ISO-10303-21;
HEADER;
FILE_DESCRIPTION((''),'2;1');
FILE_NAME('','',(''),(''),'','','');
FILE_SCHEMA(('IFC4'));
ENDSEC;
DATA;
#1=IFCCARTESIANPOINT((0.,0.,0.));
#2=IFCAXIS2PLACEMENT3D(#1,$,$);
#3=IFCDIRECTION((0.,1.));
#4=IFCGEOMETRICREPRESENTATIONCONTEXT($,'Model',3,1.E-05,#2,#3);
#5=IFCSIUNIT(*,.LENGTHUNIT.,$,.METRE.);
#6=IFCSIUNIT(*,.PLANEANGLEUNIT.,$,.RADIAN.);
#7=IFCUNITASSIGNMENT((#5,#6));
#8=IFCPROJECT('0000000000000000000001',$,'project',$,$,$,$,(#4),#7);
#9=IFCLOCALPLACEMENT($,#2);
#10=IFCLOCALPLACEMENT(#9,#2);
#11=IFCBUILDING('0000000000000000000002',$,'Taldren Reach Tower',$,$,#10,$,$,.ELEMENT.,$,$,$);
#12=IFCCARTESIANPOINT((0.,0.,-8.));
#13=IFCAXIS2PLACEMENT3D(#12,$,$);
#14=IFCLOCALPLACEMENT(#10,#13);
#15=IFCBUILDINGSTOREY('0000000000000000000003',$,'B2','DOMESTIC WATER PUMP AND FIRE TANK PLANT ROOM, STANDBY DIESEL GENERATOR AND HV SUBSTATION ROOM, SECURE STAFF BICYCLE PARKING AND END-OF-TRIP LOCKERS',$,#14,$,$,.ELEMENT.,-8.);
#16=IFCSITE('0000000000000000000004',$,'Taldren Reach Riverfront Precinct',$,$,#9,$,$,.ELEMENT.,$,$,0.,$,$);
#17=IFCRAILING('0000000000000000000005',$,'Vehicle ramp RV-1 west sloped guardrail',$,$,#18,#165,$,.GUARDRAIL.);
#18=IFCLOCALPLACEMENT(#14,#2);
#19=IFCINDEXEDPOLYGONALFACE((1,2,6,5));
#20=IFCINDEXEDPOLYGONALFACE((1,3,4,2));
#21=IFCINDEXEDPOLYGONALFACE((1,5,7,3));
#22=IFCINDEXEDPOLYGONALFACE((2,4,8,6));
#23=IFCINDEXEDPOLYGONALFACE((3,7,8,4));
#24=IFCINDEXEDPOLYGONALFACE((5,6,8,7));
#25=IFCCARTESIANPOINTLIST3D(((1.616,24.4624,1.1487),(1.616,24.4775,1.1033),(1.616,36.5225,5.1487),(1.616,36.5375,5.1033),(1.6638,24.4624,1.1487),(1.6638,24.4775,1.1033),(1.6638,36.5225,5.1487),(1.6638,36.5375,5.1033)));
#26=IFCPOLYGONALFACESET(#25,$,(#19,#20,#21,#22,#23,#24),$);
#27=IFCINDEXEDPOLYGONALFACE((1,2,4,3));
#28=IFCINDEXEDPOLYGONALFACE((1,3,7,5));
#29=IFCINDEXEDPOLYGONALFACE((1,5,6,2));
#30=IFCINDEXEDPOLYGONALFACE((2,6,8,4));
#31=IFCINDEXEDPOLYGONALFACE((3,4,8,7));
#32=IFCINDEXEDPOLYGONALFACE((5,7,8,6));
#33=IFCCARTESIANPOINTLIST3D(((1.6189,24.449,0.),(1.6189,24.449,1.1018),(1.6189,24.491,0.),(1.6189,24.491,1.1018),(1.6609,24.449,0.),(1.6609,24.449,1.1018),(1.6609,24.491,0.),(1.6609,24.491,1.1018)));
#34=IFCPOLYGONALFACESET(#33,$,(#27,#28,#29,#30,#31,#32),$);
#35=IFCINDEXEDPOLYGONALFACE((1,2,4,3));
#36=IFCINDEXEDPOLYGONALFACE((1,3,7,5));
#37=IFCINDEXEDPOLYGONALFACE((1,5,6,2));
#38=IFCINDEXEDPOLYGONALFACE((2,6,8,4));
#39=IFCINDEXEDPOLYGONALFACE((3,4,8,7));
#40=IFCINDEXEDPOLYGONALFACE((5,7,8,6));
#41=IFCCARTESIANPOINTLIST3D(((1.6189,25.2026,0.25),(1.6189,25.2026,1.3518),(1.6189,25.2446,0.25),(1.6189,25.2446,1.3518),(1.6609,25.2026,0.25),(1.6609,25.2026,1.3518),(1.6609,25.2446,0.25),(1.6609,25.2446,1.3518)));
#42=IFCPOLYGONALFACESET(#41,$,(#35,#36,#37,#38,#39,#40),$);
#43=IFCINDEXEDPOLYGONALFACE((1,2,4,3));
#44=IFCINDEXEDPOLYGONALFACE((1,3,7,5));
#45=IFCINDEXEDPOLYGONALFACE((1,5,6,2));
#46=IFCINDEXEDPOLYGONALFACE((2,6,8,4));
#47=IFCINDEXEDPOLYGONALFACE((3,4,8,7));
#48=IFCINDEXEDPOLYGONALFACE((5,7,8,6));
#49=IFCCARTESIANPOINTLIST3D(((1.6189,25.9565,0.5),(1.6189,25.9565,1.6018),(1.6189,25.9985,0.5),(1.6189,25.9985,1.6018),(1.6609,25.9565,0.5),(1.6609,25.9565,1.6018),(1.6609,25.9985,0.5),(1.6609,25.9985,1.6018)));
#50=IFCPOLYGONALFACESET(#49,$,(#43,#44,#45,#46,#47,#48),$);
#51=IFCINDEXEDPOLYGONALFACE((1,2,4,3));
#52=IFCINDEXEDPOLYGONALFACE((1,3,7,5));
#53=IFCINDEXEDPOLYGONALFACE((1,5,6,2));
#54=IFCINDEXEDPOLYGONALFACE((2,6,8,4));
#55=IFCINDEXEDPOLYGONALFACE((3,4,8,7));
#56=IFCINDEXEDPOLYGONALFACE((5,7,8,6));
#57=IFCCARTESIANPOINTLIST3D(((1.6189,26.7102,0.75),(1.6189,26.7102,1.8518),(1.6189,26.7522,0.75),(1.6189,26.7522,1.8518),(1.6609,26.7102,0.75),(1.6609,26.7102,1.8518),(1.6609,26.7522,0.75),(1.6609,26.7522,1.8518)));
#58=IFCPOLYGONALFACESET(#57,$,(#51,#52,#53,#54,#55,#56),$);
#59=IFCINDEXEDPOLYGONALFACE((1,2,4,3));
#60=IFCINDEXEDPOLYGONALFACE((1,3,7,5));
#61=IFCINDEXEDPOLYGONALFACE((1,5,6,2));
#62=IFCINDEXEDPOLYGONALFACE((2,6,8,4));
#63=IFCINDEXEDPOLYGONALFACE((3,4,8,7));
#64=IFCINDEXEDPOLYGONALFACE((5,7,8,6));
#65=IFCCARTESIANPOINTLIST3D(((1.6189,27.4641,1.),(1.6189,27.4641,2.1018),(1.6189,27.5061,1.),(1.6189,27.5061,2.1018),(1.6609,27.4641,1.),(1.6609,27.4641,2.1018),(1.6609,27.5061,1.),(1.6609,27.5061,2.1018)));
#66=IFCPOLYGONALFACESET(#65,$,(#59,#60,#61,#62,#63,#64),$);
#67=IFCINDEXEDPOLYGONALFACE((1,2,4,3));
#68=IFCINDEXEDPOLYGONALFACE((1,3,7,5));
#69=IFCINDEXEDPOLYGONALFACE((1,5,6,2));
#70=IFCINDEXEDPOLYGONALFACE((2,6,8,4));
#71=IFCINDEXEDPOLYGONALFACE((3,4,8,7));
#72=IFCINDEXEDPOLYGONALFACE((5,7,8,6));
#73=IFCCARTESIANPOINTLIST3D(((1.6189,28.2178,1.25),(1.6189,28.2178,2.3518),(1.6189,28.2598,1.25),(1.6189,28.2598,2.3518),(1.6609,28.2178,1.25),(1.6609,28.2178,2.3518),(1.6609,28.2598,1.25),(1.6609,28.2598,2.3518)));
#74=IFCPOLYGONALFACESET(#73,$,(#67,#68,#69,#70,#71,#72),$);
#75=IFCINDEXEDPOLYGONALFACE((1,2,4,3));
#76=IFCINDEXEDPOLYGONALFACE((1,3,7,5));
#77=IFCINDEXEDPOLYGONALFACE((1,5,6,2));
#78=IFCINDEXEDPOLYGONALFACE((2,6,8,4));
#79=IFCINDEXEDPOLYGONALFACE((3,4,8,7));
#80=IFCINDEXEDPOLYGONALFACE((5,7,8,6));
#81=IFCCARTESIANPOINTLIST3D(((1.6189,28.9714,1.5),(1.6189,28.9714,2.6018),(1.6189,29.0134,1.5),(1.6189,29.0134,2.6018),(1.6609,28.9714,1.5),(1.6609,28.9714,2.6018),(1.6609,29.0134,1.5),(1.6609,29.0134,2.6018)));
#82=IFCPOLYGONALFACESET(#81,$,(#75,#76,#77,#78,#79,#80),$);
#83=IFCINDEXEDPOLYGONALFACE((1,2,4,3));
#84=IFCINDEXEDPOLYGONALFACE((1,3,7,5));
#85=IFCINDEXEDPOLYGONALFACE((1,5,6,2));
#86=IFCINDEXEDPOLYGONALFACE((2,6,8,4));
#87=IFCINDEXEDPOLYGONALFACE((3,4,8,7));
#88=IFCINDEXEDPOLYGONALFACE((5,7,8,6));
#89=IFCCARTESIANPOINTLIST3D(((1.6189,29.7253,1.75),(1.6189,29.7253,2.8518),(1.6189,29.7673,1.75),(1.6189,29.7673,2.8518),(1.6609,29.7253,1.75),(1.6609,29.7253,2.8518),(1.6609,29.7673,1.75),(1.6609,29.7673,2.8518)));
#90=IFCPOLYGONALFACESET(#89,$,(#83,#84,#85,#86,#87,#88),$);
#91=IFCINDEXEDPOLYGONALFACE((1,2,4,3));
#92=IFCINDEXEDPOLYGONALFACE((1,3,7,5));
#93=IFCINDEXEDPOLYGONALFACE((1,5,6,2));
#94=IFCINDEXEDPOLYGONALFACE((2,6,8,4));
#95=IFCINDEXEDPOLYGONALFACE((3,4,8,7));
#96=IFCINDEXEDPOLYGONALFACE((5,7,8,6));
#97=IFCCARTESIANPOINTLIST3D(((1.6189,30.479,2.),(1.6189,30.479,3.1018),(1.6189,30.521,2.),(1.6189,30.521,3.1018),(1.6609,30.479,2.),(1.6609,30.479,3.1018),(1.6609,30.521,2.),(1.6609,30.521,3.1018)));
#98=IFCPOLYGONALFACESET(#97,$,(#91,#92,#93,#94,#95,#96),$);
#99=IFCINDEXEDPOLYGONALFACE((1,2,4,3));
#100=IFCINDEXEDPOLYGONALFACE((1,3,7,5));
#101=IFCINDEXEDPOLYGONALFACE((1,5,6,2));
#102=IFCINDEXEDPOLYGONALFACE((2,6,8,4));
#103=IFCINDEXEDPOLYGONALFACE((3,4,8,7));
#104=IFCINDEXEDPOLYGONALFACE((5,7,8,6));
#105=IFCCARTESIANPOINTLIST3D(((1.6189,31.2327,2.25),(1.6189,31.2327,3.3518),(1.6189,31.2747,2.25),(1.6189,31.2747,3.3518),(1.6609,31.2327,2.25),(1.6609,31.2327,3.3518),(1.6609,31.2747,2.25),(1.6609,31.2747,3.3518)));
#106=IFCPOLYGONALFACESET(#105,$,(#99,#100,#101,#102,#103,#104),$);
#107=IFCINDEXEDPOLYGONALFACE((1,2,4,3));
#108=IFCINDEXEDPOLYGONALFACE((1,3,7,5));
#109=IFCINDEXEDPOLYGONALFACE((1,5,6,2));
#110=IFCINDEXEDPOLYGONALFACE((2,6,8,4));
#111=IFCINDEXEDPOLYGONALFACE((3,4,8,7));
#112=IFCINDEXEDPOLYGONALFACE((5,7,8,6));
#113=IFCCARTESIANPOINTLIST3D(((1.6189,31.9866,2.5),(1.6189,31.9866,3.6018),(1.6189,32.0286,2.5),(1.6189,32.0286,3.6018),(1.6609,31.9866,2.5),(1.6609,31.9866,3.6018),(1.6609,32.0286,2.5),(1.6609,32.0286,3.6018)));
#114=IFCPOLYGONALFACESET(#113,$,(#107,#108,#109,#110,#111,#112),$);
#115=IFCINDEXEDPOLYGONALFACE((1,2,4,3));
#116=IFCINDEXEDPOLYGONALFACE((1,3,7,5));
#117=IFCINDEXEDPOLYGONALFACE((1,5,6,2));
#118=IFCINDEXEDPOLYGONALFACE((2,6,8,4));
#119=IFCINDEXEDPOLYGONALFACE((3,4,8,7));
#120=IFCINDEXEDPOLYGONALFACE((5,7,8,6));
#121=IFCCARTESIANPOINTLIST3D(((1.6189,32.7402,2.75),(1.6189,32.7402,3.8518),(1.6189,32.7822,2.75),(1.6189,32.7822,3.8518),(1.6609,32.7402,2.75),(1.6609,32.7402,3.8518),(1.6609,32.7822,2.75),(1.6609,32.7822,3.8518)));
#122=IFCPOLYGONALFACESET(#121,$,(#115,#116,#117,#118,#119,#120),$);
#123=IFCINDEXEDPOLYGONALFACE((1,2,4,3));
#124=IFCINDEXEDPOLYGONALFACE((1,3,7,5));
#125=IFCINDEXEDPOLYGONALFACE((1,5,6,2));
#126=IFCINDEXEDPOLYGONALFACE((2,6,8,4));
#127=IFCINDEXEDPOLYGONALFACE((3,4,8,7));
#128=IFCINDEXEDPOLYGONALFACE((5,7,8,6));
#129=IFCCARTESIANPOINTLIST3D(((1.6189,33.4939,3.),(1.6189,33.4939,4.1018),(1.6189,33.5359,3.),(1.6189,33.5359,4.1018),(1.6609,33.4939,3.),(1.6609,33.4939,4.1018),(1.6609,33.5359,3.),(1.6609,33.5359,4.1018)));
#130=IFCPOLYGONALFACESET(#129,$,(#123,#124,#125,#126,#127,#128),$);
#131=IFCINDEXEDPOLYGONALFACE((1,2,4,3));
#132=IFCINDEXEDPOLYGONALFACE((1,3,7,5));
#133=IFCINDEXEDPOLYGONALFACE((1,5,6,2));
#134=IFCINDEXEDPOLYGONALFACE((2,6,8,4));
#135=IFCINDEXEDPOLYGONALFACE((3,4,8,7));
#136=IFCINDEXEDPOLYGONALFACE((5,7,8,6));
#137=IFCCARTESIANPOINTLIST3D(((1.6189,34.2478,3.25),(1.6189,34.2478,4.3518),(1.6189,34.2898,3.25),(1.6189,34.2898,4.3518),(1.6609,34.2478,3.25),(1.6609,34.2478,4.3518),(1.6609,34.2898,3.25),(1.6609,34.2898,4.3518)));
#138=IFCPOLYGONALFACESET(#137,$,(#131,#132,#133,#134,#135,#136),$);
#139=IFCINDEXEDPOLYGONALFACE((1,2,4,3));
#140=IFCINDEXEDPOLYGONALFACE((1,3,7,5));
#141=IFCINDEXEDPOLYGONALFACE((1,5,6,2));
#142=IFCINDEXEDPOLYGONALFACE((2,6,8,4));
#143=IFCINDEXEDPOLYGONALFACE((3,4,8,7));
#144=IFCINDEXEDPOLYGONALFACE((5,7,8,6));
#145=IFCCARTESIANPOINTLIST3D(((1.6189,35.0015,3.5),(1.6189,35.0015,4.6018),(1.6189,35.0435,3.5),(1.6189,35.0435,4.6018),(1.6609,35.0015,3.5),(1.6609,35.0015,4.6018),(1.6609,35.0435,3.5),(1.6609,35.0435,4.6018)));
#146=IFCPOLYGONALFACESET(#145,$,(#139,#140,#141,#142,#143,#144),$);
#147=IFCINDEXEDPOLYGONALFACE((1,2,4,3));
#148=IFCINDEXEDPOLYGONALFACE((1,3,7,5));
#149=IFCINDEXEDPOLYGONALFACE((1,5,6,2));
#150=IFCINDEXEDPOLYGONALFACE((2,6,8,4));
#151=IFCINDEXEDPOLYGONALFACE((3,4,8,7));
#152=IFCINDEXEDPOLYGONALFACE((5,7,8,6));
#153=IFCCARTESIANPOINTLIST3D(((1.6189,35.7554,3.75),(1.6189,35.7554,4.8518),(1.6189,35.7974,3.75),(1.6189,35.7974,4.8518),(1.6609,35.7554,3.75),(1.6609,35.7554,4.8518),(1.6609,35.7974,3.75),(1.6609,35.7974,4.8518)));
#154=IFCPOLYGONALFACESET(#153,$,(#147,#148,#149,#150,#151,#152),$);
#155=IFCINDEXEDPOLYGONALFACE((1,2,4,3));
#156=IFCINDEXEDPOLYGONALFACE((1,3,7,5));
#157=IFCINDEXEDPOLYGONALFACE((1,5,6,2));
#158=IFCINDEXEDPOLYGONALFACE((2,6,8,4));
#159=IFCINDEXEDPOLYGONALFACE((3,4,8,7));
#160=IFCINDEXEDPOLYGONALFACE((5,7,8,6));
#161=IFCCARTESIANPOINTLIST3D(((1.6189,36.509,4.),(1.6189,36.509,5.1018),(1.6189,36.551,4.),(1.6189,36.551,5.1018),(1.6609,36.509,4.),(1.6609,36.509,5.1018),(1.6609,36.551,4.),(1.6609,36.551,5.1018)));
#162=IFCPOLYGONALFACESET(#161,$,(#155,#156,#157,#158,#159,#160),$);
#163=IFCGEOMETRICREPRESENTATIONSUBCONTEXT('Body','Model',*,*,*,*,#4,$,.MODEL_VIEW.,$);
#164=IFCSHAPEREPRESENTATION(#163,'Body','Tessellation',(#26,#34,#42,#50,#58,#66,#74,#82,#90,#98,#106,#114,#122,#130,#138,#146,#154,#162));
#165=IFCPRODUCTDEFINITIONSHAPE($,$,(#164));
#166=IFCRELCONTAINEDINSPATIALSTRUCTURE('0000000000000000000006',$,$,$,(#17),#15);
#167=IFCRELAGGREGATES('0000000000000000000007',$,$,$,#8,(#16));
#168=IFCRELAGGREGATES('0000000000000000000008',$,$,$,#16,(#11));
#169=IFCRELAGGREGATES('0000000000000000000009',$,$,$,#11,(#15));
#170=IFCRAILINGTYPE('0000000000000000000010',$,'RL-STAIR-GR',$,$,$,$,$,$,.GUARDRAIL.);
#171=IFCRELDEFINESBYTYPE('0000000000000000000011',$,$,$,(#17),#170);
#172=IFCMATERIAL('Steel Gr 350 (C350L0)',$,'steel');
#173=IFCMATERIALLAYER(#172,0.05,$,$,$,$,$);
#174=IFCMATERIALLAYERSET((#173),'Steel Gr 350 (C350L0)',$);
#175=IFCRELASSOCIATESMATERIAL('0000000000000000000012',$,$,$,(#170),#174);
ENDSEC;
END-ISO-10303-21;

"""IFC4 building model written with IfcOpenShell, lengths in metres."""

from ifc_helpers import new_model, si_unit, direction, frame, origin, origin_2d, place, context, subcontext, project, spatial, rectangle, extrude, material, layer, layer_set, type_object, element, save


model = new_model("IFC4")

# Units and contexts
model_context = context("Model", 3, precision=1e-05, world=origin(), true_north=direction((0.0, 1.0)))
body_context = subcontext(model_context, "Body", "Model", "MODEL_VIEW")
ifc_project = project(units=[si_unit("LENGTHUNIT", "METRE"), si_unit("PLANEANGLEUNIT", "RADIAN")], contexts=[model_context])

# Site, building, storey
site_placement = place(None, origin())
site = spatial("IfcSite", under=ifc_project, at=site_placement, Name="Taldren Reach Riverfront Precinct", CompositionType="ELEMENT", RefElevation=0.0)
building_placement = place(site_placement, origin())
building = spatial("IfcBuilding", under=site, at=building_placement, Name="Taldren Reach Tower", CompositionType="ELEMENT")
storey_placement = place(building_placement, frame((0.0, 0.0, -8.0)))
storey = spatial("IfcBuildingStorey", under=building, at=storey_placement, Name="B2", Description="DOMESTIC WATER PUMP AND FIRE TANK PLANT ROOM, STANDBY DIESEL GENERATOR AND HV SUBSTATION ROOM, SECURE STAFF BICYCLE PARKING AND END-OF-TRIP LOCKERS", CompositionType="ELEMENT", Elevation=-8.0)

# Railing
ifc_material_1 = material(Name="Steel Gr 350 (C350L0)", Category="steel")
ifc_layer_1 = layer(ifc_material_1, 0.05)
ifc_layer_set_1 = layer_set([ifc_layer_1], Name="Steel Gr 350 (C350L0)")
railing_type = type_object("IfcRailingType", Name="RL-STAIR-GR", PredefinedType="GUARDRAIL", material=ifc_layer_set_1)
railing_1_placement = place(storey_placement, frame((1.6399, 24.47, 0.0)))
element("IfcRailing", 1, at=railing_1_placement, inside=storey, type_object=railing_type, Name="Vehicle ramp RV-1 west sloped guardrail", PredefinedType="GUARDRAIL", context=body_context, shape_type="SweptSolid", body=[
    extrude(rectangle(XDim=0.0479, YDim=0.0479, at=origin_2d()), frame((0.0, 0.0, 1.126), z_axis=(0.0, 0.949155, 0.314809), x_axis=(-1.0, 0.0, 0.0)), (0.0, 0.0, 1.0), 12.7061),
    extrude(rectangle(XDim=0.042, YDim=0.042, at=origin_2d()), origin(), (0.0, 0.0, 1.0), 1.1018),
    extrude(rectangle(XDim=0.042, YDim=0.042, at=origin_2d()), frame((0.0, 0.7537, 0.25)), (0.0, 0.0, 1.0), 1.1018),
    extrude(rectangle(XDim=0.042, YDim=0.042, at=origin_2d()), frame((0.0, 1.5076, 0.5)), (0.0, 0.0, 1.0), 1.1018),
    extrude(rectangle(XDim=0.042, YDim=0.042, at=origin_2d()), frame((0.0, 2.2612, 0.75)), (0.0, 0.0, 1.0), 1.1018),
    extrude(rectangle(XDim=0.042, YDim=0.042, at=origin_2d()), frame((0.0, 3.0151, 1.0)), (0.0, 0.0, 1.0), 1.1018),
    extrude(rectangle(XDim=0.042, YDim=0.042, at=origin_2d()), frame((0.0, 3.7688, 1.25)), (0.0, 0.0, 1.0), 1.1018),
    extrude(rectangle(XDim=0.042, YDim=0.042, at=origin_2d()), frame((0.0, 4.5225, 1.5)), (0.0, 0.0, 1.0), 1.1018),
    extrude(rectangle(XDim=0.042, YDim=0.042, at=origin_2d()), frame((0.0, 5.2764, 1.75)), (0.0, 0.0, 1.0), 1.1018),
    extrude(rectangle(XDim=0.042, YDim=0.042, at=origin_2d()), frame((0.0, 6.03, 2.0)), (0.0, 0.0, 1.0), 1.1018),
    extrude(rectangle(XDim=0.042, YDim=0.042, at=origin_2d()), frame((0.0, 6.7837, 2.25)), (0.0, 0.0, 1.0), 1.1018),
    extrude(rectangle(XDim=0.042, YDim=0.042, at=origin_2d()), frame((0.0, 7.5376, 2.5)), (0.0, 0.0, 1.0), 1.1018),
    extrude(rectangle(XDim=0.042, YDim=0.042, at=origin_2d()), frame((0.0, 8.2913, 2.75)), (0.0, 0.0, 1.0), 1.1018),
    extrude(rectangle(XDim=0.042, YDim=0.042, at=origin_2d()), frame((0.0, 9.0449, 3.0)), (0.0, 0.0, 1.0), 1.1018),
    extrude(rectangle(XDim=0.042, YDim=0.042, at=origin_2d()), frame((0.0, 9.7988, 3.25)), (0.0, 0.0, 1.0), 1.1018),
    extrude(rectangle(XDim=0.042, YDim=0.042, at=origin_2d()), frame((0.0, 10.5525, 3.5)), (0.0, 0.0, 1.0), 1.1018),
    extrude(rectangle(XDim=0.042, YDim=0.042, at=origin_2d()), frame((0.0, 11.3064, 3.75)), (0.0, 0.0, 1.0), 1.1018),
    extrude(rectangle(XDim=0.042, YDim=0.042, at=origin_2d()), frame((0.0, 12.0601, 4.0)), (0.0, 0.0, 1.0), 1.1018),
])

save(model, "model.ifc")
